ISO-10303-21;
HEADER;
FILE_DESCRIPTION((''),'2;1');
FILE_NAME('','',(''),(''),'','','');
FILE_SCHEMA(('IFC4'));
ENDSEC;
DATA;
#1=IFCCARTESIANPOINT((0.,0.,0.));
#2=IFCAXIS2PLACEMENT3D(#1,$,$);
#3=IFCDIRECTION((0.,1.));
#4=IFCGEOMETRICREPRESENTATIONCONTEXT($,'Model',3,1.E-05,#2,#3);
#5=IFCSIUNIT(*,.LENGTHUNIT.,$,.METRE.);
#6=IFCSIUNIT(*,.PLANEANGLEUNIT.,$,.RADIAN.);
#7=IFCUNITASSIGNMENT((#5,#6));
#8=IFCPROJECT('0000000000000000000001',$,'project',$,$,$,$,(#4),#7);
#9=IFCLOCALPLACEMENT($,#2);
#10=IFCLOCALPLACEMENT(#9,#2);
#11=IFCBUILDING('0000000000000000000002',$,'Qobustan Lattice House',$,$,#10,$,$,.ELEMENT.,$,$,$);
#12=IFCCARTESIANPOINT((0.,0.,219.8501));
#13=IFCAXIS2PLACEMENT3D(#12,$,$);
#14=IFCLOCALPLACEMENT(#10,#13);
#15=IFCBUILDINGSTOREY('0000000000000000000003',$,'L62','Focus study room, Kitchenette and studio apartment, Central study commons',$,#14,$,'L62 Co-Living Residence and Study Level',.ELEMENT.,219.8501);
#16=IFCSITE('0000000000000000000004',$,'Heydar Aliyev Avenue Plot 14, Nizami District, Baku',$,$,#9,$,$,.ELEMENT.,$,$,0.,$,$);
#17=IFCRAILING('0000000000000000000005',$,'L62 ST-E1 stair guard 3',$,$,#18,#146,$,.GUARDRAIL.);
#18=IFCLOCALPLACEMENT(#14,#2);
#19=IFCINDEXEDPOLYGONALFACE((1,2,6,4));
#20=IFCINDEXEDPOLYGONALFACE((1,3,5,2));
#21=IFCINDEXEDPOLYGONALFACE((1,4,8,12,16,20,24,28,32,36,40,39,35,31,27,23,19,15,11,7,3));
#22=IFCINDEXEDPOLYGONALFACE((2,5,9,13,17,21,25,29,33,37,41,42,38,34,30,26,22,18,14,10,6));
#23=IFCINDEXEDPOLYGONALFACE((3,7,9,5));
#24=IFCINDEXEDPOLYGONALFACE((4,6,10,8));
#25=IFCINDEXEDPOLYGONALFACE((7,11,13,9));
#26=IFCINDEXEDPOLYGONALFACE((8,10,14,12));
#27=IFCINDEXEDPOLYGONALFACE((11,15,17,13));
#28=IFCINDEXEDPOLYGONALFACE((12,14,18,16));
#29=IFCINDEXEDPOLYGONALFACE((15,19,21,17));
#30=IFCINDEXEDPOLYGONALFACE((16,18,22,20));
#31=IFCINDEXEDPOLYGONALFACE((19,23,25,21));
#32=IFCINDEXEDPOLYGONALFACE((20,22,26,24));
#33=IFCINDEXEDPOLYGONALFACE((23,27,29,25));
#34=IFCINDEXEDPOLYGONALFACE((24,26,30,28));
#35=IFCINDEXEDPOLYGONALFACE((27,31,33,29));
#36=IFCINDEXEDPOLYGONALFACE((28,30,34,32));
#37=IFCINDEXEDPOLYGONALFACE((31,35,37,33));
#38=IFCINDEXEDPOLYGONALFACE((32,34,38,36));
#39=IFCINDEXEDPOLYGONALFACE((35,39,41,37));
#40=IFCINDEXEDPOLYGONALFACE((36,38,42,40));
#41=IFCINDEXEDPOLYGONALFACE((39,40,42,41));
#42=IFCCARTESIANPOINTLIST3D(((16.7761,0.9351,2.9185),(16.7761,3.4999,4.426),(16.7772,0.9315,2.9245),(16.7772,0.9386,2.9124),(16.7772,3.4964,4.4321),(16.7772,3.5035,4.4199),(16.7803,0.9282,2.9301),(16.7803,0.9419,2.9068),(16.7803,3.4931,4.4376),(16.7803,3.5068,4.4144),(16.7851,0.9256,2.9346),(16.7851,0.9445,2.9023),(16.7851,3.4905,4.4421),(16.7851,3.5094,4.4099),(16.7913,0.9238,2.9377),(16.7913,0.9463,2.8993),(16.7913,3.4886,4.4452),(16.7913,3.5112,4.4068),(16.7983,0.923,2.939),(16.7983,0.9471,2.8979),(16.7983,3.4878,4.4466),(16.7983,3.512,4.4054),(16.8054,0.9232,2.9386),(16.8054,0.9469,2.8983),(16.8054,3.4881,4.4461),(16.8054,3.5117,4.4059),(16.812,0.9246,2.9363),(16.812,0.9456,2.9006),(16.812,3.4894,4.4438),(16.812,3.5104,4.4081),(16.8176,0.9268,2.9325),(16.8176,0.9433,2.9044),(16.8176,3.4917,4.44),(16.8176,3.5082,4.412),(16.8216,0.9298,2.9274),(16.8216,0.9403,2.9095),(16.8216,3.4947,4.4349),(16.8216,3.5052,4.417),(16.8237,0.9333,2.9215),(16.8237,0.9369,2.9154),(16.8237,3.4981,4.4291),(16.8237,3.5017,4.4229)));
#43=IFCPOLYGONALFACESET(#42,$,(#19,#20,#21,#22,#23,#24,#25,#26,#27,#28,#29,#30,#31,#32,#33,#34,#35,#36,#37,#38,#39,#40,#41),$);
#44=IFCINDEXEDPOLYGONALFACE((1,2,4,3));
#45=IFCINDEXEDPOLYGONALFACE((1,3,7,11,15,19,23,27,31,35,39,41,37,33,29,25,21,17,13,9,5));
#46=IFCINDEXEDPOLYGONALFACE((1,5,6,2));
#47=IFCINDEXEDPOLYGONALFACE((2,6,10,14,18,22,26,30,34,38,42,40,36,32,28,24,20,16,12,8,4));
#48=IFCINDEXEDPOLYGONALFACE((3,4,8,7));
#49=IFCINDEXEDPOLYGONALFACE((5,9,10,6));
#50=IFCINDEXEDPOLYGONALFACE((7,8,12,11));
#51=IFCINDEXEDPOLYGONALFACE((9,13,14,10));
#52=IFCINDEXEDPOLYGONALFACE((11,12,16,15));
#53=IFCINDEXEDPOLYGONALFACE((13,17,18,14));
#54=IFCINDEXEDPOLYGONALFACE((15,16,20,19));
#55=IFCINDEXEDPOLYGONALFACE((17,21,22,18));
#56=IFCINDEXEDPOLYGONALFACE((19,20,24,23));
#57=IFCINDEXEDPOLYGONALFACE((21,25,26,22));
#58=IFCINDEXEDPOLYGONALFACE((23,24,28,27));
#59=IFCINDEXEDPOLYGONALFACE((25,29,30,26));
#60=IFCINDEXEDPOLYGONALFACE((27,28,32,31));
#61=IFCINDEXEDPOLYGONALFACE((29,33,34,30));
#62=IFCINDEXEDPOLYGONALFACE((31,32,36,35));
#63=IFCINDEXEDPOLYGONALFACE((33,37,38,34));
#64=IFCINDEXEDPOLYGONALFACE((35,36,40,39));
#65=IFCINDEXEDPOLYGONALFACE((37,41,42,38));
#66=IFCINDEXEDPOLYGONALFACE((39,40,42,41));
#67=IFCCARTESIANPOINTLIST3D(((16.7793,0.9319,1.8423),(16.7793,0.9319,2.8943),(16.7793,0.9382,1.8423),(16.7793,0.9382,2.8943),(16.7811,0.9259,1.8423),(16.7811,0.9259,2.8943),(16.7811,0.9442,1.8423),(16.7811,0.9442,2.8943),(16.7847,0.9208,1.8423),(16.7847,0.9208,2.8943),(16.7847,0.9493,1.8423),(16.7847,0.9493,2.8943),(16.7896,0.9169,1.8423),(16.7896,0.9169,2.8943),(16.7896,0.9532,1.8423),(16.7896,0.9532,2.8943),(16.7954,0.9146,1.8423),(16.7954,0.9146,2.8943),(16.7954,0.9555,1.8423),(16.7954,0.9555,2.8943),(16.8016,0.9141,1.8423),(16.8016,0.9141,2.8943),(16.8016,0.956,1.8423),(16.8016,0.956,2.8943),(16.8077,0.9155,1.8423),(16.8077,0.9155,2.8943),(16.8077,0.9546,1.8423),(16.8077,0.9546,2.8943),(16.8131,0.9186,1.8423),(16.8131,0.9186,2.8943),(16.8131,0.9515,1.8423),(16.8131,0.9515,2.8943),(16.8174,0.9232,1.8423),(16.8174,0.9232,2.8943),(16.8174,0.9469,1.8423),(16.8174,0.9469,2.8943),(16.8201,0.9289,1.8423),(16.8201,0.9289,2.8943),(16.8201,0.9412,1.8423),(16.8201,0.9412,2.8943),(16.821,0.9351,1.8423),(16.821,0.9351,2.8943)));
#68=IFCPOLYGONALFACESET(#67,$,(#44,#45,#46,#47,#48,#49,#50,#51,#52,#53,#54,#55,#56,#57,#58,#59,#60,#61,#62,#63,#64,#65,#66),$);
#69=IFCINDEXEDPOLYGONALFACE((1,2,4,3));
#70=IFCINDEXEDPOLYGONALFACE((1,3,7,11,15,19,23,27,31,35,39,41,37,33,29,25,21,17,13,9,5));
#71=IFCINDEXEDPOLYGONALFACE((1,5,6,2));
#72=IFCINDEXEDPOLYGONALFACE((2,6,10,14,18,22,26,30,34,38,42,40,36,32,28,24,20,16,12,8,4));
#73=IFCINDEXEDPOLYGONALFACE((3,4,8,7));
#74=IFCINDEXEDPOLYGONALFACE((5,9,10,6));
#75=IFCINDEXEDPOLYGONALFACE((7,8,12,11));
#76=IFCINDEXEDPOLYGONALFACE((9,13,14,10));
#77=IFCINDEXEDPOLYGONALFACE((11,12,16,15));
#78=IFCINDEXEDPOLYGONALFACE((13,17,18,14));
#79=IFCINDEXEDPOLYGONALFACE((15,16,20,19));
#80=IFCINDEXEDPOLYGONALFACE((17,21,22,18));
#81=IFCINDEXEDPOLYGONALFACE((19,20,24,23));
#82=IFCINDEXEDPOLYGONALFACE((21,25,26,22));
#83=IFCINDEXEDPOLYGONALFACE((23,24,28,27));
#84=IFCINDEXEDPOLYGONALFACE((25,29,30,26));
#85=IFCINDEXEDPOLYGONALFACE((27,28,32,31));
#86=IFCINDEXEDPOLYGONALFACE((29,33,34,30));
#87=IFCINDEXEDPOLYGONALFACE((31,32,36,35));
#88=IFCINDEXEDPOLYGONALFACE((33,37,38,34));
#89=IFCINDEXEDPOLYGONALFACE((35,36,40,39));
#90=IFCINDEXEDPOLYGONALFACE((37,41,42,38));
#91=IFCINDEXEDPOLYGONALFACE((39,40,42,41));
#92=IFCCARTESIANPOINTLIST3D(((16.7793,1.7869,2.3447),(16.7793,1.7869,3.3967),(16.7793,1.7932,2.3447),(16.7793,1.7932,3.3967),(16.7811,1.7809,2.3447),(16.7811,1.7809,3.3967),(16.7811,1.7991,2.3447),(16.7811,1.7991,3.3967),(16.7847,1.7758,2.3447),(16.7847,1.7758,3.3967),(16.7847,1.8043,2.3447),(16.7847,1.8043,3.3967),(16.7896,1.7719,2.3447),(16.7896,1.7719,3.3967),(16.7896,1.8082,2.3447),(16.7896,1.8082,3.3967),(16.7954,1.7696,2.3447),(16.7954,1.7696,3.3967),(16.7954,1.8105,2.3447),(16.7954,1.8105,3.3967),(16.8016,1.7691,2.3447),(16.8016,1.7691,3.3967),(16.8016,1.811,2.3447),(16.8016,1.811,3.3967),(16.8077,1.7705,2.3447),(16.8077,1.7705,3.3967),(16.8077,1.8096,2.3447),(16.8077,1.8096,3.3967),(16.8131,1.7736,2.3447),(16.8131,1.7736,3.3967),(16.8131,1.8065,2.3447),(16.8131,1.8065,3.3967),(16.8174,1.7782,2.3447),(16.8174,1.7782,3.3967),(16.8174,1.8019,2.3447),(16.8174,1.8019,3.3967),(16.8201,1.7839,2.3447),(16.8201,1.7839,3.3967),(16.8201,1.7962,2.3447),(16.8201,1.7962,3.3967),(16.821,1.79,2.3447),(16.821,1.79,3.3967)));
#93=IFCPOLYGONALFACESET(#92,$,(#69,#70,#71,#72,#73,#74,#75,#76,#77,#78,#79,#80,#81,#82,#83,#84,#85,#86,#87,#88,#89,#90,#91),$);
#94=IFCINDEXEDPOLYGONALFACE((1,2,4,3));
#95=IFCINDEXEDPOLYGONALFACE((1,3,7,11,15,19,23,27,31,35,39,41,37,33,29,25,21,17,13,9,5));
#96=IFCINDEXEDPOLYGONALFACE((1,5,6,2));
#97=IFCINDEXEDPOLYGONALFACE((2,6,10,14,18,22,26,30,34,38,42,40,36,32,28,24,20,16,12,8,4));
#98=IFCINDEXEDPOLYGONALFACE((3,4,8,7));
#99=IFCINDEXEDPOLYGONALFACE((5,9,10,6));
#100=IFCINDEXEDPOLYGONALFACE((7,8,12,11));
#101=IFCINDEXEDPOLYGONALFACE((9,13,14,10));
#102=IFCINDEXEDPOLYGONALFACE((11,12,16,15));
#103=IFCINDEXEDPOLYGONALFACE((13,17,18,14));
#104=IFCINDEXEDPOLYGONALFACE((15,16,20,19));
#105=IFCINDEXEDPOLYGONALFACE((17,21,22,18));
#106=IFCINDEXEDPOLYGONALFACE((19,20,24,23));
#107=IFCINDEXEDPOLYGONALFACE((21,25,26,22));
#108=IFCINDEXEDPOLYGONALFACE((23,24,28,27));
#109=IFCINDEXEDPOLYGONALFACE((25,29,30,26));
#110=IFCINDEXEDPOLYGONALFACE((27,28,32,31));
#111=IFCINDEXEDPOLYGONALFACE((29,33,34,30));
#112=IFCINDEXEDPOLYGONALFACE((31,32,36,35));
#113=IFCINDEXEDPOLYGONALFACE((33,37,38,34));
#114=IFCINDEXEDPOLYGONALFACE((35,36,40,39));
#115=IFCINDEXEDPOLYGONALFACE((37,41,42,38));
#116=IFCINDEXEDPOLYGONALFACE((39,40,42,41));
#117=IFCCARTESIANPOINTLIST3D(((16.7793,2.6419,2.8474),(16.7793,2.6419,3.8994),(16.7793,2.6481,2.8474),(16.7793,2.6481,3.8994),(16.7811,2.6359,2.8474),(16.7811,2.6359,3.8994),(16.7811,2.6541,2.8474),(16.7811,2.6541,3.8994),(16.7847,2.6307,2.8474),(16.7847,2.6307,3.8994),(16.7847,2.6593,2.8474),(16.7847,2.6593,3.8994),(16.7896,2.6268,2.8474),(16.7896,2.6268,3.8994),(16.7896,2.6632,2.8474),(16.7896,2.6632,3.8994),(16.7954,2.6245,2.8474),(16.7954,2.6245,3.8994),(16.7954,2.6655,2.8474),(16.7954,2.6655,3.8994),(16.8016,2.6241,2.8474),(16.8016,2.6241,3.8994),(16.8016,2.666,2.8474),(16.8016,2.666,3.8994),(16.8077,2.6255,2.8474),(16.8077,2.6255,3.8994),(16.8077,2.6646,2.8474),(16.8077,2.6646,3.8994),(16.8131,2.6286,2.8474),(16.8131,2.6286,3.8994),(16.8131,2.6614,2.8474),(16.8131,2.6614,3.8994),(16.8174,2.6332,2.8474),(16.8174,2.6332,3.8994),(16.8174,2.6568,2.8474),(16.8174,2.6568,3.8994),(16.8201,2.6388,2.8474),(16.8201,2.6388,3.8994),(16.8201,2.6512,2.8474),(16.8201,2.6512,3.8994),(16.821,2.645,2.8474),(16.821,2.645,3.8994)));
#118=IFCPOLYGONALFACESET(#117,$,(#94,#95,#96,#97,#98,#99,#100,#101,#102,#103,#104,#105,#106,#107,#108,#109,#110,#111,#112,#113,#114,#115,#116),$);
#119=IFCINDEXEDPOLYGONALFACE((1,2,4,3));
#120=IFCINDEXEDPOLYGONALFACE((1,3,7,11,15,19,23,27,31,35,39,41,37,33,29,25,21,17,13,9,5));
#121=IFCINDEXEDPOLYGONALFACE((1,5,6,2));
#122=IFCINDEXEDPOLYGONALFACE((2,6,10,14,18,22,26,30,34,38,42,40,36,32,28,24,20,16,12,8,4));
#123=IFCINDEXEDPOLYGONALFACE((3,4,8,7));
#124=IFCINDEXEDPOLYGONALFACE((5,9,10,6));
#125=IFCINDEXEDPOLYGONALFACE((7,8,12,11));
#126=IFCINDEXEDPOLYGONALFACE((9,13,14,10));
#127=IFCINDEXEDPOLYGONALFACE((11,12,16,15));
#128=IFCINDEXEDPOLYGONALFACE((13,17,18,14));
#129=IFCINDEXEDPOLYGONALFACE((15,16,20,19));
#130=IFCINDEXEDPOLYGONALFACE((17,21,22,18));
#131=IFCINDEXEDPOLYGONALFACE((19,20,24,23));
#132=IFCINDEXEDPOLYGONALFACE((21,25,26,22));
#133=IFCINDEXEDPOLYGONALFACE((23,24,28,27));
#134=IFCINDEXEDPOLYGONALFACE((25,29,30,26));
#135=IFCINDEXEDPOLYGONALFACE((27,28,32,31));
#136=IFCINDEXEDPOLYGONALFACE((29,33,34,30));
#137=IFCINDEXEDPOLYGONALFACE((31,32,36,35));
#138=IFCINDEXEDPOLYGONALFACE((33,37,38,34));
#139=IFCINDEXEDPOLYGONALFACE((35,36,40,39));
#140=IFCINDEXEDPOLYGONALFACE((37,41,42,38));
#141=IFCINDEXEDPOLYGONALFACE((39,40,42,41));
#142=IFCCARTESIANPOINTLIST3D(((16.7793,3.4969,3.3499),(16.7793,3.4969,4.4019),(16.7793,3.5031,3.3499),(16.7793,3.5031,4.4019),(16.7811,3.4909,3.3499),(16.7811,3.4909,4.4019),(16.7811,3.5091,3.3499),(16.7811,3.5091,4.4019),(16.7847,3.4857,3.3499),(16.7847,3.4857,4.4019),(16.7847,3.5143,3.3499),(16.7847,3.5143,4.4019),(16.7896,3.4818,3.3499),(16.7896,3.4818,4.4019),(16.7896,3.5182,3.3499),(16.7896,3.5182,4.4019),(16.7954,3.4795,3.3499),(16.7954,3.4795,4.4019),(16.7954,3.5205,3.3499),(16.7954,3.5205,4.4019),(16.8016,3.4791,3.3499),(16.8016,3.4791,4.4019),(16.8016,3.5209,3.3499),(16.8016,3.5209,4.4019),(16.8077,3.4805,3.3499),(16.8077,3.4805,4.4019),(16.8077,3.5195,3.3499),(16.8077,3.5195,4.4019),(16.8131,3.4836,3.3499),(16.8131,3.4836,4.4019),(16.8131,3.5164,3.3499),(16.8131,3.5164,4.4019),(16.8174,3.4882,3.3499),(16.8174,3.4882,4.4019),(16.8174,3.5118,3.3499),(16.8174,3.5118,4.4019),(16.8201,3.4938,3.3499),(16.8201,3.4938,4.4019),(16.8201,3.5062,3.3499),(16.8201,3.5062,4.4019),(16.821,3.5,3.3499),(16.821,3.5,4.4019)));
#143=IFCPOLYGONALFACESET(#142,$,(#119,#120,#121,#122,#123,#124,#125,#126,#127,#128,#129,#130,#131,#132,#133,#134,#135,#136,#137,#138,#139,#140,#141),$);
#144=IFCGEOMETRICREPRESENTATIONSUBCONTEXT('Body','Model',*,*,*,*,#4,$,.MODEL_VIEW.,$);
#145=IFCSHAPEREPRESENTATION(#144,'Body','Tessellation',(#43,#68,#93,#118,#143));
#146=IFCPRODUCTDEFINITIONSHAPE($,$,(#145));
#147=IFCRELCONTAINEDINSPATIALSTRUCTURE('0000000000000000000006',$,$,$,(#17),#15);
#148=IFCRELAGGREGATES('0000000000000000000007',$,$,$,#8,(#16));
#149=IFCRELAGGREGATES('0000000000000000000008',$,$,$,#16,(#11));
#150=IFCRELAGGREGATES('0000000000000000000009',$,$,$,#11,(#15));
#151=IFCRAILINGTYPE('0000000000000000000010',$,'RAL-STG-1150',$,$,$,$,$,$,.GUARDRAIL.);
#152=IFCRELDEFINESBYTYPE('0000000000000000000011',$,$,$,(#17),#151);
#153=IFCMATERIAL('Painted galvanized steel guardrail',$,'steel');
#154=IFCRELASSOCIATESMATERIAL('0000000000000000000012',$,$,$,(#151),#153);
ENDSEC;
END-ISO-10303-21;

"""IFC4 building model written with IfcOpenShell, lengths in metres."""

from ifc_helpers import new_model, si_unit, direction, frame, origin, origin_2d, place, context, subcontext, project, spatial, circle, extrude, material, type_object, element, save


model = new_model("IFC4")

# Units and contexts
model_context = context("Model", 3, precision=1e-05, world=origin(), true_north=direction((0.0, 1.0)))
body_context = subcontext(model_context, "Body", "Model", "MODEL_VIEW")
ifc_project = project(units=[si_unit("LENGTHUNIT", "METRE"), si_unit("PLANEANGLEUNIT", "RADIAN")], contexts=[model_context])

# Site, building, storey
site_placement = place(None, origin())
site = spatial("IfcSite", under=ifc_project, at=site_placement, Name="Heydar Aliyev Avenue Plot 14, Nizami District, Baku", CompositionType="ELEMENT", RefElevation=0.0)
building_placement = place(site_placement, origin())
building = spatial("IfcBuilding", under=site, at=building_placement, Name="Qobustan Lattice House", CompositionType="ELEMENT")
storey_placement = place(building_placement, frame((0.0, 0.0, 219.8501)))
storey = spatial("IfcBuildingStorey", under=building, at=storey_placement, Name="L62", Description="Focus study room, Kitchenette and studio apartment, Central study commons", LongName="L62 Co-Living Residence and Study Level", CompositionType="ELEMENT", Elevation=219.8501)

# Railing
ifc_material_1 = material(Name="Painted galvanized steel guardrail", Category="steel")
railing_type_1 = type_object("IfcRailingType", Name="RAL-STG-1150", PredefinedType="GUARDRAIL", material=ifc_material_1)
railing_1_placement = place(storey_placement, frame((16.8, 0.9351, 1.8423)))
element("IfcRailing", 1, at=railing_1_placement, inside=storey, type_object=railing_type_1, Name="L62 ST-E1 stair guard 3", PredefinedType="GUARDRAIL", context=body_context, shape_type="SweptSolid", body=[
    extrude(circle(Radius=0.0239, at=origin_2d()), frame((0.0, 0.0, 1.0762), z_axis=(0.0, 0.862113, 0.506715), x_axis=(-1.0, 0.0, 0.0)), (0.0, 0.0, 1.0), 2.9751),
    extrude(circle(Radius=0.021, at=origin_2d()), origin(), (0.0, 0.0, 1.0), 1.052),
    extrude(circle(Radius=0.021, at=origin_2d()), frame((0.0, 0.855, 0.5024)), (0.0, 0.0, 1.0), 1.052),
    extrude(circle(Radius=0.021, at=origin_2d()), frame((0.0, 1.71, 1.0051)), (0.0, 0.0, 1.0), 1.052),
    extrude(circle(Radius=0.021, at=origin_2d()), frame((0.0, 2.5649, 1.5076)), (0.0, 0.0, 1.0), 1.052),
])

save(model, "model.ifc")
